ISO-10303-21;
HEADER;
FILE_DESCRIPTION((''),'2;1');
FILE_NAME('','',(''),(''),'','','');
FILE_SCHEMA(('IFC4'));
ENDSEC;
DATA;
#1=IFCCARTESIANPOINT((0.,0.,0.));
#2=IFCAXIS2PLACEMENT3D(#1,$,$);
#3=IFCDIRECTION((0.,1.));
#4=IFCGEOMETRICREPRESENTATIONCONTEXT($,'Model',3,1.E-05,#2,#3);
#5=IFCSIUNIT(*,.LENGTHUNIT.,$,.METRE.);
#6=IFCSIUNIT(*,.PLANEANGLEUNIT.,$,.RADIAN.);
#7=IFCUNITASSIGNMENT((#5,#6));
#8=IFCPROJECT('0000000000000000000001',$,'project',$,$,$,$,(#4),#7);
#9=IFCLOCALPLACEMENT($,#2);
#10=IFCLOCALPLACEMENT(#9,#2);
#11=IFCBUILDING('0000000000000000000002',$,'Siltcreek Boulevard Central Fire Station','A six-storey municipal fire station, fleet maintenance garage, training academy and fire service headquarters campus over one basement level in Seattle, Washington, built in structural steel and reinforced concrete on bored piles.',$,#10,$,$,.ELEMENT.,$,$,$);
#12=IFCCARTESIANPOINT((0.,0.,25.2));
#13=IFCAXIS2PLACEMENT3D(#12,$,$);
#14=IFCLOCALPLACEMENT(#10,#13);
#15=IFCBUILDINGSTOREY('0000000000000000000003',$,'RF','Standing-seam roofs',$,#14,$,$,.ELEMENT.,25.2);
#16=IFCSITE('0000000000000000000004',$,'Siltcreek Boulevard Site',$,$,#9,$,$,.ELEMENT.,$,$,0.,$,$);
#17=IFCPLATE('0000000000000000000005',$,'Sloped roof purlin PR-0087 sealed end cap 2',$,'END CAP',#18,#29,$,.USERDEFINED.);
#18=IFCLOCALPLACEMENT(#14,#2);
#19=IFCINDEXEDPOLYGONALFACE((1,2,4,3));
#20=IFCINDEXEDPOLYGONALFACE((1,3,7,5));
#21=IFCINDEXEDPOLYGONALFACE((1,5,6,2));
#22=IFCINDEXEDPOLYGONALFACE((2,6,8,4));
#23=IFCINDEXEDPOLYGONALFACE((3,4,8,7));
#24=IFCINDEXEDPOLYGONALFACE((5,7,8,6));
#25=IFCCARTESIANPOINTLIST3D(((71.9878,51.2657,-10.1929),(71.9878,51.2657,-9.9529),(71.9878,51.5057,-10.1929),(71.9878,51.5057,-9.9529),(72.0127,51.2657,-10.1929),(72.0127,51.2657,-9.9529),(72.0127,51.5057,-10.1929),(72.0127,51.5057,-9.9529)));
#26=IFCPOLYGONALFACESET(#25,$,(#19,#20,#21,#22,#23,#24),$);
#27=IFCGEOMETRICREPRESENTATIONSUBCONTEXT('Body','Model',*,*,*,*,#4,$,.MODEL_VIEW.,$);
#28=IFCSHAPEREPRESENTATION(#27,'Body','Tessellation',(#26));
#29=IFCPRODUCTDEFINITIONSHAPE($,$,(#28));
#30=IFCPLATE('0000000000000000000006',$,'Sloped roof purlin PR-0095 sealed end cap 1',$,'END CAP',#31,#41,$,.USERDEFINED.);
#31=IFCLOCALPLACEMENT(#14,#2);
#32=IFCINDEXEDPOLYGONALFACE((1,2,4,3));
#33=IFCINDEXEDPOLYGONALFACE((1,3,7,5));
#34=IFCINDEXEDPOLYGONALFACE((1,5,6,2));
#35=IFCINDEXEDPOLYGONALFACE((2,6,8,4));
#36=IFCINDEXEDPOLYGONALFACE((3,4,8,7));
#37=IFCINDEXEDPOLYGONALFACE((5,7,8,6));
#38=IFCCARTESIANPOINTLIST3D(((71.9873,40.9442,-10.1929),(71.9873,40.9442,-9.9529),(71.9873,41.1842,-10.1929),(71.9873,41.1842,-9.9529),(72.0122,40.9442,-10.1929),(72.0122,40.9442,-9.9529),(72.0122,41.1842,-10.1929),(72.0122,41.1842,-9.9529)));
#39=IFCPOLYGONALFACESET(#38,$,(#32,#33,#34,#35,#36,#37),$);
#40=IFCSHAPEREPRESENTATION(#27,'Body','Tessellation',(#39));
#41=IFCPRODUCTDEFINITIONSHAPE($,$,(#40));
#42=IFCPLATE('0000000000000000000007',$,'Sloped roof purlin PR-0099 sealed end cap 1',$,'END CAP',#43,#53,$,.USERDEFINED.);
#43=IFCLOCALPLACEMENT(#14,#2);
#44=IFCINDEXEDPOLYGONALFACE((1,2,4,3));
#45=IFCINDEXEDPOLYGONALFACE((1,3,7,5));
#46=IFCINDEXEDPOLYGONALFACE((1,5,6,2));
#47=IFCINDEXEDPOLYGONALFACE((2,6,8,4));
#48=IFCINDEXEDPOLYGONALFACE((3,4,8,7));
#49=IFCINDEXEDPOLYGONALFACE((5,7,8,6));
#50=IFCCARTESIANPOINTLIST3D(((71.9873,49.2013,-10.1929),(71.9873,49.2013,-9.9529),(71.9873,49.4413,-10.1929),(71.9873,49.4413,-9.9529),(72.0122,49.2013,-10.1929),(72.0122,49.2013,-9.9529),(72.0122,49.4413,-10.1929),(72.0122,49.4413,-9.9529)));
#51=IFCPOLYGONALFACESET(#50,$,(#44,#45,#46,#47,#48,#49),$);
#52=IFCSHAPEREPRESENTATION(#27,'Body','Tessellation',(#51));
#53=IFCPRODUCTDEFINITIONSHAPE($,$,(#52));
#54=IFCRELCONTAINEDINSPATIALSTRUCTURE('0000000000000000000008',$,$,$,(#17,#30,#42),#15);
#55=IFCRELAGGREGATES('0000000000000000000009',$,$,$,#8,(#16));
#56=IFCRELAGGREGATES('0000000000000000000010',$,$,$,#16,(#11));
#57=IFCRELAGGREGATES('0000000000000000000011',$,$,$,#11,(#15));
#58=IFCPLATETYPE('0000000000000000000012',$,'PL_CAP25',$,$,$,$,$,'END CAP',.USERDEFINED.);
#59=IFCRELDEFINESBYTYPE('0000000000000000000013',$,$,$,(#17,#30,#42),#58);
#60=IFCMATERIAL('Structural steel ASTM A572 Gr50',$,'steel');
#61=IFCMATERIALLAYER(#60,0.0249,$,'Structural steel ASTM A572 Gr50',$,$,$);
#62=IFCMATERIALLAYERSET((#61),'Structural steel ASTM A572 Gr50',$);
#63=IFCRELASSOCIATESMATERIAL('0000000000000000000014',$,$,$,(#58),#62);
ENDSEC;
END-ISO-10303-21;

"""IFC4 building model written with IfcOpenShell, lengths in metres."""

from ifc_helpers import new_model, si_unit, direction, frame, origin, origin_2d, place, context, subcontext, project, spatial, rectangle, extrude, material, layer, layer_set, type_object, element, save


model = new_model("IFC4")

# Units and contexts
model_context = context("Model", 3, precision=1e-05, world=origin(), true_north=direction((0.0, 1.0)))
body_context = subcontext(model_context, "Body", "Model", "MODEL_VIEW")
ifc_project = project(units=[si_unit("LENGTHUNIT", "METRE"), si_unit("PLANEANGLEUNIT", "RADIAN")], contexts=[model_context])

# Site, building, storey
site_placement = place(None, origin())
site = spatial("IfcSite", under=ifc_project, at=site_placement, Name="Siltcreek Boulevard Site", CompositionType="ELEMENT", RefElevation=0.0)
building_placement = place(site_placement, origin())
building = spatial("IfcBuilding", under=site, at=building_placement, Name="Siltcreek Boulevard Central Fire Station", Description="A six-storey municipal fire station, fleet maintenance garage, training academy and fire service headquarters campus over one basement level in Seattle, Washington, built in structural steel and reinforced concrete on bored piles.", CompositionType="ELEMENT")
storey_placement = place(building_placement, frame((0.0, 0.0, 25.2)))
storey = spatial("IfcBuildingStorey", under=building, at=storey_placement, Name="RF", Description="Standing-seam roofs", CompositionType="ELEMENT", Elevation=25.2)

# Plates
ifc_material_1 = material(Name="Structural steel ASTM A572 Gr50", Category="steel")
ifc_layer = layer(ifc_material_1, 0.0249, Name="Structural steel ASTM A572 Gr50")
ifc_layer_set = layer_set([ifc_layer], Name="Structural steel ASTM A572 Gr50")
plate_type = type_object("IfcPlateType", Name="PL_CAP25", ElementType="END CAP", PredefinedType="USERDEFINED", material=ifc_layer_set)
for number, where, z_axis, x_axis, name in (
    (1, (72.0002, 51.3857, -10.1929), (0.0, 0.0, 1.0), (1.0, 0.0, 0.0), "Sloped roof purlin PR-0087 sealed end cap 2"),
    (2, (71.9998, 41.0642, -10.1929), (0.0, 0.0, 1.0), (1.0, 0.0, 0.0), "Sloped roof purlin PR-0095 sealed end cap 1"),
    (3, (71.9998, 49.3213, -10.1929), (0.0, 0.0, 1.0), (1.0, 0.0, 0.0), "Sloped roof purlin PR-0099 sealed end cap 1"),
):
    element("IfcPlate", number, at=place(storey_placement, frame(where, z_axis=z_axis, x_axis=x_axis)), inside=storey, type_object=plate_type, Name=name, ObjectType="END CAP", PredefinedType="USERDEFINED", context=body_context, shape_type="SweptSolid", body=[
        extrude(rectangle(XDim=0.0249, YDim=0.24, at=origin_2d()), origin(), (0.0, 0.0, 1.0), 0.24),
    ])

save(model, "model.ifc")
